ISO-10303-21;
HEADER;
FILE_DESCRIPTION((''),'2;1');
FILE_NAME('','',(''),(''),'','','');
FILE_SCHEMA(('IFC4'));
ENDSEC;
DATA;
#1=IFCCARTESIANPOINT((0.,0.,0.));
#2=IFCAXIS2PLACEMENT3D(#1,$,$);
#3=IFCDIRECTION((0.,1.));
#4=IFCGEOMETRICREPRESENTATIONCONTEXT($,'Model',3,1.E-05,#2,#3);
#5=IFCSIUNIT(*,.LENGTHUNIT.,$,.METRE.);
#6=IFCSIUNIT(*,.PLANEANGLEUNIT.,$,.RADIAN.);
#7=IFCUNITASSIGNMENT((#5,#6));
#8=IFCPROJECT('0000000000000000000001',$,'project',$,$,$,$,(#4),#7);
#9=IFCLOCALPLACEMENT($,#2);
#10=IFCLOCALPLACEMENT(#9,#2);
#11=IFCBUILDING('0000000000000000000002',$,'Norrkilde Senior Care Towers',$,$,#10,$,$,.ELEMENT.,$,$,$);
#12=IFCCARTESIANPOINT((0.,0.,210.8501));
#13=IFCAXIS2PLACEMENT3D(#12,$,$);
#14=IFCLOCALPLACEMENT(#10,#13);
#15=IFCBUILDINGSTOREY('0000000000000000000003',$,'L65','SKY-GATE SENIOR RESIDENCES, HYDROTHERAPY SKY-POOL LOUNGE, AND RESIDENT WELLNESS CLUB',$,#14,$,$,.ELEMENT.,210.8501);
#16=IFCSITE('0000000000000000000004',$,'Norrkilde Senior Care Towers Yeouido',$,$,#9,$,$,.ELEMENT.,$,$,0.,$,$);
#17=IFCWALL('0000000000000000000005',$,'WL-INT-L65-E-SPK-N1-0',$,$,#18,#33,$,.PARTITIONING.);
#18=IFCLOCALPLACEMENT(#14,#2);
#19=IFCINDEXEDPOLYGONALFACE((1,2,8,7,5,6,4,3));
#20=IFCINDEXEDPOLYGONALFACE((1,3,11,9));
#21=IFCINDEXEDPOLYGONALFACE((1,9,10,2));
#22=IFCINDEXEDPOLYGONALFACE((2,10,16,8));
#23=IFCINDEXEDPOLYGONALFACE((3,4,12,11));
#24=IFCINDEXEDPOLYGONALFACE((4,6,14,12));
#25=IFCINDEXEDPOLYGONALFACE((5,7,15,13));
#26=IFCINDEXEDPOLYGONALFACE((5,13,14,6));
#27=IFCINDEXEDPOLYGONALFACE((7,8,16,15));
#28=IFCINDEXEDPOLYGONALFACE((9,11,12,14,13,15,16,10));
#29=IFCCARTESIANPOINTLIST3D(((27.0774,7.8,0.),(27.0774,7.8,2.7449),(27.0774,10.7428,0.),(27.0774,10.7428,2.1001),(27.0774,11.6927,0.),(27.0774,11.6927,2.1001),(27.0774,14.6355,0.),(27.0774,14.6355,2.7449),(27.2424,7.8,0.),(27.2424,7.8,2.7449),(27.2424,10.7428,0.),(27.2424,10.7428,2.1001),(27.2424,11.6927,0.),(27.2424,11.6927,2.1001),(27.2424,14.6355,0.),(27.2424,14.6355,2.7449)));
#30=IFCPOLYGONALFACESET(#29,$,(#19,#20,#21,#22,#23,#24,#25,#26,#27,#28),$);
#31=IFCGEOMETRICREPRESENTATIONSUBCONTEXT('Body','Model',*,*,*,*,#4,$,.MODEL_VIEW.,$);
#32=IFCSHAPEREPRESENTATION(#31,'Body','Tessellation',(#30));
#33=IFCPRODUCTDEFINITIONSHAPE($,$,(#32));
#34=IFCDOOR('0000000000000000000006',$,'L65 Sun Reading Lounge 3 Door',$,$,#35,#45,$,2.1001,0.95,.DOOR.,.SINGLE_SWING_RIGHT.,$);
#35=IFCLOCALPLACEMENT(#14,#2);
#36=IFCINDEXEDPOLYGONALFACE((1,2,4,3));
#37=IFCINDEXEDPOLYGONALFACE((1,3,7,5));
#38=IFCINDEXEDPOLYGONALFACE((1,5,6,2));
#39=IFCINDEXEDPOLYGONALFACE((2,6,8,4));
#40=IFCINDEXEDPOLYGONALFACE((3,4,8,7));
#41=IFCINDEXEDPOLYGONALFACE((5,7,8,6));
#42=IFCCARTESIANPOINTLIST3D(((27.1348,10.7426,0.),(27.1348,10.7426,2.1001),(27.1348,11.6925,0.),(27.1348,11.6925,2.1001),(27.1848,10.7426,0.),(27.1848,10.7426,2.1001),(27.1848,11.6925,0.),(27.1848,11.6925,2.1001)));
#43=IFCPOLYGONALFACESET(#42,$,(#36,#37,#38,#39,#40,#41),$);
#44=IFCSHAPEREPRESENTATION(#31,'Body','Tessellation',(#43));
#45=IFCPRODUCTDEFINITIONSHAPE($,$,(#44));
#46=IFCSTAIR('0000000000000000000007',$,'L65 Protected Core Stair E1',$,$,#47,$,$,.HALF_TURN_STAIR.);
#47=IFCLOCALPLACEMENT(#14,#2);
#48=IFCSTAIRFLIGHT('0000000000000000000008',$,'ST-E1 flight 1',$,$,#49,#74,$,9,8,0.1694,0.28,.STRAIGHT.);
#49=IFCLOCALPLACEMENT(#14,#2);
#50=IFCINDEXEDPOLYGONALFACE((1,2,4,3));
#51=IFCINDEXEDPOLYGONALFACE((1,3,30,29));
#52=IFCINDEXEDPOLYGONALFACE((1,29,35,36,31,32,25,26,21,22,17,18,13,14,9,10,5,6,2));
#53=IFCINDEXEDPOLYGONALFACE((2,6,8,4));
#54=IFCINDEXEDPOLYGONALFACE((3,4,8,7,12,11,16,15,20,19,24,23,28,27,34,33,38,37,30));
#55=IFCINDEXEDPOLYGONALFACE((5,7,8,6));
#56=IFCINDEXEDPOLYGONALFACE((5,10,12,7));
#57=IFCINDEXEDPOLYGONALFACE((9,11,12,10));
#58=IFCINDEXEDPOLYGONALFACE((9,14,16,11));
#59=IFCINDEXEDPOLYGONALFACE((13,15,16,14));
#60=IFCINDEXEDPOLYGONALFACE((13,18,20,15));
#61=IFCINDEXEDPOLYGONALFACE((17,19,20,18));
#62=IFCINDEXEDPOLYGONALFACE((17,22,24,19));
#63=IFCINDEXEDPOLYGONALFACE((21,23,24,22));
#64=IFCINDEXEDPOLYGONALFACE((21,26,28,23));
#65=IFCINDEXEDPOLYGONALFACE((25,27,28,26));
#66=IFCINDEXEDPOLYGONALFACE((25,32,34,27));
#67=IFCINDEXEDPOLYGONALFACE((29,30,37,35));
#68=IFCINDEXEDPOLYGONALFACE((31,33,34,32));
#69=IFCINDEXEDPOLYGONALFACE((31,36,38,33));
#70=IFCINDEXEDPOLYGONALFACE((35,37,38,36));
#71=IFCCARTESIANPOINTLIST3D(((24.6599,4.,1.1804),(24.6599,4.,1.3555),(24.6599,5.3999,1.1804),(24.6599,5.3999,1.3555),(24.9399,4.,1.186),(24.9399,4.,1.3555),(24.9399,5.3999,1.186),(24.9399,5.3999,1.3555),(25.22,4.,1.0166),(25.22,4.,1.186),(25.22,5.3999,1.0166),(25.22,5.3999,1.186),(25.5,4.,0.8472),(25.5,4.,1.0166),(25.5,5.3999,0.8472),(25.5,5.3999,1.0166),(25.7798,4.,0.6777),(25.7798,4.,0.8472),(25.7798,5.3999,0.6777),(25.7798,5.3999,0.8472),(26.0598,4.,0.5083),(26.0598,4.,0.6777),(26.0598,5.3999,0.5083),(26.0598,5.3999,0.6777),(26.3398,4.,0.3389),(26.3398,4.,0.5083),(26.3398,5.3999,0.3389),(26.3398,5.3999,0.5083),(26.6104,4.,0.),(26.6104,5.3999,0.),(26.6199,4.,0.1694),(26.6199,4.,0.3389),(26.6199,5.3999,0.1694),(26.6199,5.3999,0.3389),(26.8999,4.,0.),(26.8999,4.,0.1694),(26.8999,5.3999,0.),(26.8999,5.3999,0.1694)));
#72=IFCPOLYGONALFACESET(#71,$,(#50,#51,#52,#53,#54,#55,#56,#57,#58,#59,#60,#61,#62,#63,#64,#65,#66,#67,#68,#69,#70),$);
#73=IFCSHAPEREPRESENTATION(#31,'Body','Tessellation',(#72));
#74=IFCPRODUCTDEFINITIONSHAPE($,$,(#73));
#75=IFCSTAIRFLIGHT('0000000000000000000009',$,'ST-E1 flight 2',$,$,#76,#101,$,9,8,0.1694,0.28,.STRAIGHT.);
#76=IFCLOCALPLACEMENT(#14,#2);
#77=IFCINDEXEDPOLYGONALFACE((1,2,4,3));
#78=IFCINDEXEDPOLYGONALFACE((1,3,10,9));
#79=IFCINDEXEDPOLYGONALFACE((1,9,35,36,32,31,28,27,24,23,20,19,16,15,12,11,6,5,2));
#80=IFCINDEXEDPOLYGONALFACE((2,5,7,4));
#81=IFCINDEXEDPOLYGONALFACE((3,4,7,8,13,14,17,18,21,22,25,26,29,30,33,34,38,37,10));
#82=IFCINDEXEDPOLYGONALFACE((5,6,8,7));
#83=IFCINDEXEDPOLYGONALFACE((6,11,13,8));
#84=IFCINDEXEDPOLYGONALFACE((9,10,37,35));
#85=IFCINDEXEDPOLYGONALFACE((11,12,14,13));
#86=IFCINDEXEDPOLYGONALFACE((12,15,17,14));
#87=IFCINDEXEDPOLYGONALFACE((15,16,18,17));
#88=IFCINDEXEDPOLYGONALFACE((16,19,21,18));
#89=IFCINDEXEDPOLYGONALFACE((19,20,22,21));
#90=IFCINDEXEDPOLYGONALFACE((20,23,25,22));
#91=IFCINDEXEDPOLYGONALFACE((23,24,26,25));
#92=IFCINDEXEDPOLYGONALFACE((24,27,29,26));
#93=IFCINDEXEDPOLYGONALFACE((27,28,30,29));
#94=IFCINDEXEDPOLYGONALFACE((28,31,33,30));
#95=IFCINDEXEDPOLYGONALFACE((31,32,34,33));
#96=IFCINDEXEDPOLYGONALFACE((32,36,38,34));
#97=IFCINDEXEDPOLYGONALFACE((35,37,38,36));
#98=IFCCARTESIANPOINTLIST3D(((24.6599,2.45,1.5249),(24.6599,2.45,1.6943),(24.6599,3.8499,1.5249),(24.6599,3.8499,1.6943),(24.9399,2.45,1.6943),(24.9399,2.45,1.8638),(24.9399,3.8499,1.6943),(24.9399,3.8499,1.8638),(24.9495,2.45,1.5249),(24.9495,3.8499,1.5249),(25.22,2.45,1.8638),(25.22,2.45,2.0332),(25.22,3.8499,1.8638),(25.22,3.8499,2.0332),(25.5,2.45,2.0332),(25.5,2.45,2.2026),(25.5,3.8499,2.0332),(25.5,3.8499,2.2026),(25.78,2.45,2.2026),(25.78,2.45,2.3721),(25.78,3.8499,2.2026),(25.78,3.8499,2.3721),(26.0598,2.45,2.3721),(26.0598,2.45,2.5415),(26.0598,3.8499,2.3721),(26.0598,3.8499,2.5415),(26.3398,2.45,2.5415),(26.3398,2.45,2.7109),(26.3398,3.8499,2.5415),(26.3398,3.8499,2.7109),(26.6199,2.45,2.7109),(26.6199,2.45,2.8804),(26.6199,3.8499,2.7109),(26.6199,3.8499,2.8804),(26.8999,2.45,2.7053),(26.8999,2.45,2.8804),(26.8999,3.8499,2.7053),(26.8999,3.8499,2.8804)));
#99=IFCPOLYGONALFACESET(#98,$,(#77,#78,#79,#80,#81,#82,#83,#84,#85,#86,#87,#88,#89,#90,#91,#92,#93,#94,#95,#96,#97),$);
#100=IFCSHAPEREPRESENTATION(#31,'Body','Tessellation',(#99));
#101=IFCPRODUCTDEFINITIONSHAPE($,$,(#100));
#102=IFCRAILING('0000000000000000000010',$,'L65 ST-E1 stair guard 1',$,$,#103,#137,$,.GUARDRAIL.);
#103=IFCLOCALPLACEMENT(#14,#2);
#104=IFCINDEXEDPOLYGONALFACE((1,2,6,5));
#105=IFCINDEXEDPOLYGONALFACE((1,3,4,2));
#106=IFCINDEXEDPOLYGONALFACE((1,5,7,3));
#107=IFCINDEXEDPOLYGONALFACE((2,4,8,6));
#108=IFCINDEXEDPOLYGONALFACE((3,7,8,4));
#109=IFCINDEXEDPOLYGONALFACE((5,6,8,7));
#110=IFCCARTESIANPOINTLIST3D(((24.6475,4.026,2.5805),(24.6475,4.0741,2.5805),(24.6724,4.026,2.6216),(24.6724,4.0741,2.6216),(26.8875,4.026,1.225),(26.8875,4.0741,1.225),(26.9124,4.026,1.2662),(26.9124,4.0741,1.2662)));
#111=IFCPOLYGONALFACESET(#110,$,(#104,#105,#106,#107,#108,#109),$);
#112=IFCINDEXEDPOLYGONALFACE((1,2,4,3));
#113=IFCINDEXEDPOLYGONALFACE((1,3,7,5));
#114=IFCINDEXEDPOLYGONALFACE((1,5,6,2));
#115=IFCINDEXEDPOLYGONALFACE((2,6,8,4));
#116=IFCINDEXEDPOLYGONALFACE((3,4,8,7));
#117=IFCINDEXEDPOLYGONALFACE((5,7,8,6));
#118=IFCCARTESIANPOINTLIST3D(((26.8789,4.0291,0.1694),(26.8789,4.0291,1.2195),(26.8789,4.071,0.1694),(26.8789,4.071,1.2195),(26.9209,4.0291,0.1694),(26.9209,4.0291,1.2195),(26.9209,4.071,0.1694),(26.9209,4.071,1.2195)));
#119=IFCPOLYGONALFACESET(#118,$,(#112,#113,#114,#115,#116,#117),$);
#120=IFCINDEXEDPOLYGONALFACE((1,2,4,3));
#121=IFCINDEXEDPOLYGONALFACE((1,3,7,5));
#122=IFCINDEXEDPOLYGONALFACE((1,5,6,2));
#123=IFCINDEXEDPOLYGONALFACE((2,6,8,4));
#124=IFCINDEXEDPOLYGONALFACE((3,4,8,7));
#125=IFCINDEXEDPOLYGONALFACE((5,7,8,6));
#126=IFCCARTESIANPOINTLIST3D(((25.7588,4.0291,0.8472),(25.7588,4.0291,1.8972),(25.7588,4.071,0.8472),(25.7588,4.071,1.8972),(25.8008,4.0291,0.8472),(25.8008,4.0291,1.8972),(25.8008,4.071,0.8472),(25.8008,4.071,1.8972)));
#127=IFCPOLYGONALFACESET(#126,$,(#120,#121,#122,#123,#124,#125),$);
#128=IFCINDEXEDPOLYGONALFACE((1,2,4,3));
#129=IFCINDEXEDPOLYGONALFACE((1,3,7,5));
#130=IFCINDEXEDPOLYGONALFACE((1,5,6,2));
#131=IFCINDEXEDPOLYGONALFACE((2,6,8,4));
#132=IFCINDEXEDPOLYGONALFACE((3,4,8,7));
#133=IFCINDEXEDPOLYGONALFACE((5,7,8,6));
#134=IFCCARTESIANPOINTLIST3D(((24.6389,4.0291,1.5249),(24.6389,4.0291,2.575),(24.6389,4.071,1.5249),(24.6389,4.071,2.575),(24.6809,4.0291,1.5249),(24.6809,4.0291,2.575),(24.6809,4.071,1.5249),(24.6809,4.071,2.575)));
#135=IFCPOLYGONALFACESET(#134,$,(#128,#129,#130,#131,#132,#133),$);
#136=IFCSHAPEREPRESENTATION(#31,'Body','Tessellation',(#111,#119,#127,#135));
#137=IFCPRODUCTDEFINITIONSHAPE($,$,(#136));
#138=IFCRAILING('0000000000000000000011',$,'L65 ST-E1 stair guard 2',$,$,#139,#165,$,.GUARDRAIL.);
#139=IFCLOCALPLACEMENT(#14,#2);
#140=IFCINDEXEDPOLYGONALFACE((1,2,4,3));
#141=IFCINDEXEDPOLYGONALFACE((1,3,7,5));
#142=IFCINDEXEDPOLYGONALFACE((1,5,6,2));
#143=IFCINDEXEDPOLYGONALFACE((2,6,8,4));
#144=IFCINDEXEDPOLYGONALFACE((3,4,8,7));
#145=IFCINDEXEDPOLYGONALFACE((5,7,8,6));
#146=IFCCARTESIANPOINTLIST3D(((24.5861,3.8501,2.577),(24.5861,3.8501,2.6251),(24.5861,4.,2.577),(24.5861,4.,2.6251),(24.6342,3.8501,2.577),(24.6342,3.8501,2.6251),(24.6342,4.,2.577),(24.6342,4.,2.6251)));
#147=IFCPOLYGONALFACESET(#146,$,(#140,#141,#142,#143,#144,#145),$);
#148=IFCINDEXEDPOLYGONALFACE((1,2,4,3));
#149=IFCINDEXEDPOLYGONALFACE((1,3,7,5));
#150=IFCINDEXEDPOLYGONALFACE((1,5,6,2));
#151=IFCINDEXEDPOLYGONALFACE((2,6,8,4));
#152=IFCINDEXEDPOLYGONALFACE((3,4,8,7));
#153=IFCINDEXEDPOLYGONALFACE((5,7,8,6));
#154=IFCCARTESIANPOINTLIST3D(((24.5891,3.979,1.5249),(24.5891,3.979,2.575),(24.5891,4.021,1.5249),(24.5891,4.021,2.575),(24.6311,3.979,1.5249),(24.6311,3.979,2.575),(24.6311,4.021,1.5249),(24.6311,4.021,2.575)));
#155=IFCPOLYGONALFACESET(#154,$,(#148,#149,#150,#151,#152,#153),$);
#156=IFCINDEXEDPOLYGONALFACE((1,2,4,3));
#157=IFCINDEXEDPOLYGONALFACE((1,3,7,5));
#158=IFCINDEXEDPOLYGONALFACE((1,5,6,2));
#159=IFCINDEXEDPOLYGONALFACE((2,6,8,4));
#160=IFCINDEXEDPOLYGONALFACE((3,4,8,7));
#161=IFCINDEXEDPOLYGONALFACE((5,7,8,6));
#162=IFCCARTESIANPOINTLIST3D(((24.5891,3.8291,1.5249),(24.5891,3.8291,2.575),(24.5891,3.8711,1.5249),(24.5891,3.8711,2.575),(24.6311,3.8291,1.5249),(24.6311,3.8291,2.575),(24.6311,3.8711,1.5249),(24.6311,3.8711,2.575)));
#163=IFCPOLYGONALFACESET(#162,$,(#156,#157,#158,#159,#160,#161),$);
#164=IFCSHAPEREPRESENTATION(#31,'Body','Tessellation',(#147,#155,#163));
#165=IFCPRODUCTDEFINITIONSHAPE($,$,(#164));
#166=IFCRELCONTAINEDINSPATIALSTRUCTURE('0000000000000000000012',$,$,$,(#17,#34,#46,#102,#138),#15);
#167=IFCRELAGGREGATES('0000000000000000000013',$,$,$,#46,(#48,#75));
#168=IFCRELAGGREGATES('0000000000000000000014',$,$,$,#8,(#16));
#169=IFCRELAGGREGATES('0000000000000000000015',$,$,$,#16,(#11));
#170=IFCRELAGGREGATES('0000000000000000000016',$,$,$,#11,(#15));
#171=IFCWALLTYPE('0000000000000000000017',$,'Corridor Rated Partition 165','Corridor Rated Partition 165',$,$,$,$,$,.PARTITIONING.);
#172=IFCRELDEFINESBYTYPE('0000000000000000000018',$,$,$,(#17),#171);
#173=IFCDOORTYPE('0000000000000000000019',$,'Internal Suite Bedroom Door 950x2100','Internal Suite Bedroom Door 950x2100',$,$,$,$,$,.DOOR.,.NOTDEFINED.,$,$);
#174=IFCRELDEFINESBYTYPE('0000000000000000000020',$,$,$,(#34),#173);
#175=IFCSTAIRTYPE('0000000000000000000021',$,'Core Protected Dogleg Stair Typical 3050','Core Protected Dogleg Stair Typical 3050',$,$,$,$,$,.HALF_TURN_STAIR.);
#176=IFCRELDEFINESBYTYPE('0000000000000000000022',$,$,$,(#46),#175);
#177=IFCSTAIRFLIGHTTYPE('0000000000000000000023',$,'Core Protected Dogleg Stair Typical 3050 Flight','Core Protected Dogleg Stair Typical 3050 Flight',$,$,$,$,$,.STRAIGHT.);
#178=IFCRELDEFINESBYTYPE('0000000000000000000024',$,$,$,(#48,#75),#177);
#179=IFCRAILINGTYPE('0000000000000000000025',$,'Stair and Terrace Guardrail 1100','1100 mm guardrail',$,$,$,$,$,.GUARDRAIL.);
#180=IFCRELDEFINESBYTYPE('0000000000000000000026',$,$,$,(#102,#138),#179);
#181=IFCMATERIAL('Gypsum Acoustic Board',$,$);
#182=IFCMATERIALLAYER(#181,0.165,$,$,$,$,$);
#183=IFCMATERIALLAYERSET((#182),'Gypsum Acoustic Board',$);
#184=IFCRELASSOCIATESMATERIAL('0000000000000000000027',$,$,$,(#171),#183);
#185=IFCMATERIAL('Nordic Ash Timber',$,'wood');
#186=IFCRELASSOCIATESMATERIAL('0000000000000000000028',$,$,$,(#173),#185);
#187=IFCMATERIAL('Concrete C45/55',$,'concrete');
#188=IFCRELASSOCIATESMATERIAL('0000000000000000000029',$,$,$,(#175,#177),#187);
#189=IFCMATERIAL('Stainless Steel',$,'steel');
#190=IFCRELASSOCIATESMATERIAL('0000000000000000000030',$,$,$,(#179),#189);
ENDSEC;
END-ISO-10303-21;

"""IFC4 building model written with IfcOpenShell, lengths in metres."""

from ifc_helpers import new_model, si_unit, direction, frame, frame_2d, origin, origin_2d, place, context, subcontext, project, spatial, polyline, rectangle, outline, extrude, source, transform, mapped, material, layer, layer_set, type_object, type_shapes, element, fill, aggregate, save


model = new_model("IFC4")

# Units and contexts
model_context = context("Model", 3, precision=1e-05, world=origin(), true_north=direction((0.0, 1.0)))
body_context = subcontext(model_context, "Body", "Model", "MODEL_VIEW")
ifc_project = project(units=[si_unit("LENGTHUNIT", "METRE"), si_unit("PLANEANGLEUNIT", "RADIAN")], contexts=[model_context])

# Site, building, storey
site_placement = place(None, origin())
site = spatial("IfcSite", under=ifc_project, at=site_placement, Name="Norrkilde Senior Care Towers Yeouido", CompositionType="ELEMENT", RefElevation=0.0)
building_placement = place(site_placement, origin())
building = spatial("IfcBuilding", under=site, at=building_placement, Name="Norrkilde Senior Care Towers", CompositionType="ELEMENT")
storey_placement = place(building_placement, frame((0.0, 0.0, 210.8501)))
storey = spatial("IfcBuildingStorey", under=building, at=storey_placement, Name="L65", Description="SKY-GATE SENIOR RESIDENCES, HYDROTHERAPY SKY-POOL LOUNGE, AND RESIDENT WELLNESS CLUB", CompositionType="ELEMENT", Elevation=210.8501)

# Shared definitions
ifc_material_1 = material(Name="Concrete C45/55", Category="concrete")

# Shared definitions
ifc_material_2 = material(Name="Stainless Steel", Category="steel")

# Wall, opening, door
ifc_material_3 = material(Name="Gypsum Acoustic Board")
ifc_layer_1 = layer(ifc_material_3, 0.165)
ifc_layer_set_1 = layer_set([ifc_layer_1], Name="Gypsum Acoustic Board")
wall_type_1 = type_object("IfcWallType", Name="Corridor Rated Partition 165", Description="Corridor Rated Partition 165", PredefinedType="PARTITIONING", material=ifc_layer_set_1)
shared_shape_1 = source(origin(), body_context, "Body", "SweptSolid", [
    extrude(rectangle(XDim=6.8354, YDim=0.165, at=frame_2d((3.4177, 0.0))), origin(), (0.0, 0.0, 1.0), 2.7449),
])
type_shapes(wall_type_1, [shared_shape_1])
wall_1_placement = place(storey_placement, frame((27.1599, 7.8, 0.0), z_axis=(0.0, 0.0, 1.0), x_axis=(0.0, 1.0, 0.0)))
wall_1 = element("IfcWall", 1, at=wall_1_placement, inside=storey, type_object=wall_type_1, Name="WL-INT-L65-E-SPK-N1-0", PredefinedType="PARTITIONING", context=body_context, shape_type="MappedRepresentation", body=[
    mapped(shared_shape_1, transform((0.0, 0.0, 0.0), x_axis=(1.0, 0.0, 0.0), y_axis=(0.0, 1.0, 0.0), z_axis=(0.0, 0.0, 1.0), scale=1.0)),
])
opening_1_placement = place(wall_1_placement, frame((2.9426, 0.0, 0.0)))
opening_1 = element("IfcOpeningElement", 2, at=opening_1_placement, cuts=wall_1, PredefinedType="OPENING", context=body_context, shape_type="SweptSolid", body=[
    extrude(rectangle(XDim=0.95, YDim=2.1001, at=frame_2d((0.4751, 1.05))), frame((0.0, 0.0925, 0.0), z_axis=(0.0, -1.0, 0.0), x_axis=(1.0, 0.0, 0.0)), (0.0, 0.0, 1.0), 0.1851),
])
ifc_material_4 = material(Name="Nordic Ash Timber", Category="wood")
door_type_1 = type_object("IfcDoorType", Name="Internal Suite Bedroom Door 950x2100", Description="Internal Suite Bedroom Door 950x2100", OperationType="NOTDEFINED", PredefinedType="DOOR", material=ifc_material_4)
shared_shape_2 = source(origin(), body_context, "Body", "SweptSolid", [
    extrude(rectangle(XDim=0.95, YDim=2.1001, at=frame_2d((0.4751, 1.05))), frame((0.0, 0.0249, 0.0), z_axis=(0.0, -1.0, 0.0), x_axis=(1.0, 0.0, 0.0)), (0.0, 0.0, 1.0), 0.05),
])
type_shapes(door_type_1, [shared_shape_2])
door_1_placement = place(opening_1_placement, frame((0.95, 0.0, 0.0), z_axis=(0.0, 0.0, 1.0), x_axis=(-1.0, 0.0, 0.0)))
door_1 = element("IfcDoor", 3, at=door_1_placement, inside=storey, type_object=door_type_1, Name="L65 Sun Reading Lounge 3 Door", OperationType="SINGLE_SWING_RIGHT", OverallHeight=2.1001, OverallWidth=0.95, PredefinedType="DOOR", context=body_context, shape_type="MappedRepresentation", body=[
    mapped(shared_shape_2, transform((0.0, 0.0, 0.0), x_axis=(1.0, 0.0, 0.0), y_axis=(0.0, 1.0, 0.0), z_axis=(0.0, 0.0, 1.0), scale=1.0)),
])
fill(opening_1, door_1)

# Stair, stair flights
stair_type = type_object("IfcStairType", Name="Core Protected Dogleg Stair Typical 3050", Description="Core Protected Dogleg Stair Typical 3050", PredefinedType="HALF_TURN_STAIR", material=ifc_material_1)
stair_placement = place(storey_placement, origin())
stair = element("IfcStair", 4, at=stair_placement, inside=storey, type_object=stair_type, Name="L65 Protected Core Stair E1", PredefinedType="HALF_TURN_STAIR")
stair_flight_type = type_object("IfcStairFlightType", Name="Core Protected Dogleg Stair Typical 3050 Flight", Description="Core Protected Dogleg Stair Typical 3050 Flight", PredefinedType="STRAIGHT", material=ifc_material_1)
stair_flight_1_placement = place(storey_placement, frame((26.8999, 4.7, 0.0), z_axis=(0.0, 0.0, 1.0), x_axis=(-1.0, 0.0, 0.0)))
stair_flight_1 = element("IfcStairFlight", 5, at=stair_flight_1_placement, type_object=stair_flight_type, Name="ST-E1 flight 1", NumberOfRisers=9, NumberOfTreads=8, PredefinedType="STRAIGHT", RiserHeight=0.1694, TreadLength=0.28, context=body_context, shape_type="SweptSolid", body=[
    extrude(outline(polyline([(0.0, 0.0), (0.0, 0.1694), (0.28, 0.1694), (0.28, 0.3389), (0.5601, 0.3389), (0.5601, 0.5083), (0.8401, 0.5083), (0.8401, 0.6777), (1.1201, 0.6777), (1.1201, 0.8472), (1.3999, 0.8472), (1.3999, 1.0166), (1.6799, 1.0166), (1.6799, 1.186), (1.96, 1.186), (1.96, 1.3555), (2.24, 1.3555), (2.24, 1.5249), (2.24, 1.1804), (0.2896, 0.0), (0.0, 0.0)])), frame((0.0, 0.7, 0.0), z_axis=(0.0, -1.0, 0.0), x_axis=(1.0, 0.0, 0.0)), (0.0, 0.0, 1.0), 1.3999),
])
stair_flight_2_placement = place(storey_placement, frame((24.6599, 3.1499, 1.5249), z_axis=(0.0, 0.0, 1.0), x_axis=(1.0, 0.0, 0.0)))
stair_flight_2 = element("IfcStairFlight", 6, at=stair_flight_2_placement, type_object=stair_flight_type, Name="ST-E1 flight 2", NumberOfRisers=9, NumberOfTreads=8, PredefinedType="STRAIGHT", RiserHeight=0.1694, TreadLength=0.28, context=body_context, shape_type="SweptSolid", body=[
    extrude(outline(polyline([(0.0, 0.0), (0.0, 0.1694), (0.28, 0.1694), (0.28, 0.3389), (0.5601, 0.3389), (0.5601, 0.5083), (0.8401, 0.5083), (0.8401, 0.6777), (1.1201, 0.6777), (1.1201, 0.8472), (1.3999, 0.8472), (1.3999, 1.0166), (1.6799, 1.0166), (1.6799, 1.186), (1.96, 1.186), (1.96, 1.3555), (2.24, 1.3555), (2.24, 1.5249), (2.24, 1.1804), (0.2896, 0.0), (0.0, 0.0)])), frame((0.0, 0.7, 0.0), z_axis=(0.0, -1.0, 0.0), x_axis=(1.0, 0.0, 0.0)), (0.0, 0.0, 1.0), 1.3999),
])
aggregate(stair, [stair_flight_1, stair_flight_2])

# Railings
railing_type_1 = type_object("IfcRailingType", Name="Stair and Terrace Guardrail 1100", Description="1100 mm guardrail", PredefinedType="GUARDRAIL", material=ifc_material_2)
railing_1_placement = place(storey_placement, frame((26.8999, 4.05, 0.1694)))
element("IfcRailing", 7, at=railing_1_placement, inside=storey, type_object=railing_type_1, Name="L65 ST-E1 stair guard 1", PredefinedType="GUARDRAIL", context=body_context, shape_type="SweptSolid", body=[
    extrude(rectangle(XDim=0.0481, YDim=0.0481, at=origin_2d()), frame((0.0, 0.0, 1.0762), z_axis=(-0.855553, 0.0, 0.517715), x_axis=(0.0, -1.0, 0.0)), (0.0, 0.0, 1.0), 2.6182),
    extrude(rectangle(XDim=0.042, YDim=0.042, at=origin_2d()), origin(), (0.0, 0.0, 1.0), 1.05),
    extrude(rectangle(XDim=0.042, YDim=0.042, at=origin_2d()), frame((-1.1201, 0.0, 0.6777)), (0.0, 0.0, 1.0), 1.05),
    extrude(rectangle(XDim=0.042, YDim=0.042, at=origin_2d()), frame((-2.24, 0.0, 1.3555)), (0.0, 0.0, 1.0), 1.05),
])
railing_2_placement = place(storey_placement, frame((24.6101, 4.0, 1.5249)))
element("IfcRailing", 8, at=railing_2_placement, inside=storey, type_object=railing_type_1, Name="L65 ST-E1 stair guard 2", PredefinedType="GUARDRAIL", context=body_context, shape_type="SweptSolid", body=[
    extrude(rectangle(XDim=0.0481, YDim=0.0481, at=origin_2d()), frame((0.0, 0.0, 1.0762), z_axis=(0.0, -1.0, 0.0), x_axis=(1.0, 0.0, 0.0)), (0.0, 0.0, 1.0), 0.1499),
    extrude(rectangle(XDim=0.042, YDim=0.042, at=origin_2d()), origin(), (0.0, 0.0, 1.0), 1.05),
    extrude(rectangle(XDim=0.042, YDim=0.042, at=origin_2d()), frame((0.0, -0.1499, 0.0)), (0.0, 0.0, 1.0), 1.05),
])

save(model, "model.ifc")
